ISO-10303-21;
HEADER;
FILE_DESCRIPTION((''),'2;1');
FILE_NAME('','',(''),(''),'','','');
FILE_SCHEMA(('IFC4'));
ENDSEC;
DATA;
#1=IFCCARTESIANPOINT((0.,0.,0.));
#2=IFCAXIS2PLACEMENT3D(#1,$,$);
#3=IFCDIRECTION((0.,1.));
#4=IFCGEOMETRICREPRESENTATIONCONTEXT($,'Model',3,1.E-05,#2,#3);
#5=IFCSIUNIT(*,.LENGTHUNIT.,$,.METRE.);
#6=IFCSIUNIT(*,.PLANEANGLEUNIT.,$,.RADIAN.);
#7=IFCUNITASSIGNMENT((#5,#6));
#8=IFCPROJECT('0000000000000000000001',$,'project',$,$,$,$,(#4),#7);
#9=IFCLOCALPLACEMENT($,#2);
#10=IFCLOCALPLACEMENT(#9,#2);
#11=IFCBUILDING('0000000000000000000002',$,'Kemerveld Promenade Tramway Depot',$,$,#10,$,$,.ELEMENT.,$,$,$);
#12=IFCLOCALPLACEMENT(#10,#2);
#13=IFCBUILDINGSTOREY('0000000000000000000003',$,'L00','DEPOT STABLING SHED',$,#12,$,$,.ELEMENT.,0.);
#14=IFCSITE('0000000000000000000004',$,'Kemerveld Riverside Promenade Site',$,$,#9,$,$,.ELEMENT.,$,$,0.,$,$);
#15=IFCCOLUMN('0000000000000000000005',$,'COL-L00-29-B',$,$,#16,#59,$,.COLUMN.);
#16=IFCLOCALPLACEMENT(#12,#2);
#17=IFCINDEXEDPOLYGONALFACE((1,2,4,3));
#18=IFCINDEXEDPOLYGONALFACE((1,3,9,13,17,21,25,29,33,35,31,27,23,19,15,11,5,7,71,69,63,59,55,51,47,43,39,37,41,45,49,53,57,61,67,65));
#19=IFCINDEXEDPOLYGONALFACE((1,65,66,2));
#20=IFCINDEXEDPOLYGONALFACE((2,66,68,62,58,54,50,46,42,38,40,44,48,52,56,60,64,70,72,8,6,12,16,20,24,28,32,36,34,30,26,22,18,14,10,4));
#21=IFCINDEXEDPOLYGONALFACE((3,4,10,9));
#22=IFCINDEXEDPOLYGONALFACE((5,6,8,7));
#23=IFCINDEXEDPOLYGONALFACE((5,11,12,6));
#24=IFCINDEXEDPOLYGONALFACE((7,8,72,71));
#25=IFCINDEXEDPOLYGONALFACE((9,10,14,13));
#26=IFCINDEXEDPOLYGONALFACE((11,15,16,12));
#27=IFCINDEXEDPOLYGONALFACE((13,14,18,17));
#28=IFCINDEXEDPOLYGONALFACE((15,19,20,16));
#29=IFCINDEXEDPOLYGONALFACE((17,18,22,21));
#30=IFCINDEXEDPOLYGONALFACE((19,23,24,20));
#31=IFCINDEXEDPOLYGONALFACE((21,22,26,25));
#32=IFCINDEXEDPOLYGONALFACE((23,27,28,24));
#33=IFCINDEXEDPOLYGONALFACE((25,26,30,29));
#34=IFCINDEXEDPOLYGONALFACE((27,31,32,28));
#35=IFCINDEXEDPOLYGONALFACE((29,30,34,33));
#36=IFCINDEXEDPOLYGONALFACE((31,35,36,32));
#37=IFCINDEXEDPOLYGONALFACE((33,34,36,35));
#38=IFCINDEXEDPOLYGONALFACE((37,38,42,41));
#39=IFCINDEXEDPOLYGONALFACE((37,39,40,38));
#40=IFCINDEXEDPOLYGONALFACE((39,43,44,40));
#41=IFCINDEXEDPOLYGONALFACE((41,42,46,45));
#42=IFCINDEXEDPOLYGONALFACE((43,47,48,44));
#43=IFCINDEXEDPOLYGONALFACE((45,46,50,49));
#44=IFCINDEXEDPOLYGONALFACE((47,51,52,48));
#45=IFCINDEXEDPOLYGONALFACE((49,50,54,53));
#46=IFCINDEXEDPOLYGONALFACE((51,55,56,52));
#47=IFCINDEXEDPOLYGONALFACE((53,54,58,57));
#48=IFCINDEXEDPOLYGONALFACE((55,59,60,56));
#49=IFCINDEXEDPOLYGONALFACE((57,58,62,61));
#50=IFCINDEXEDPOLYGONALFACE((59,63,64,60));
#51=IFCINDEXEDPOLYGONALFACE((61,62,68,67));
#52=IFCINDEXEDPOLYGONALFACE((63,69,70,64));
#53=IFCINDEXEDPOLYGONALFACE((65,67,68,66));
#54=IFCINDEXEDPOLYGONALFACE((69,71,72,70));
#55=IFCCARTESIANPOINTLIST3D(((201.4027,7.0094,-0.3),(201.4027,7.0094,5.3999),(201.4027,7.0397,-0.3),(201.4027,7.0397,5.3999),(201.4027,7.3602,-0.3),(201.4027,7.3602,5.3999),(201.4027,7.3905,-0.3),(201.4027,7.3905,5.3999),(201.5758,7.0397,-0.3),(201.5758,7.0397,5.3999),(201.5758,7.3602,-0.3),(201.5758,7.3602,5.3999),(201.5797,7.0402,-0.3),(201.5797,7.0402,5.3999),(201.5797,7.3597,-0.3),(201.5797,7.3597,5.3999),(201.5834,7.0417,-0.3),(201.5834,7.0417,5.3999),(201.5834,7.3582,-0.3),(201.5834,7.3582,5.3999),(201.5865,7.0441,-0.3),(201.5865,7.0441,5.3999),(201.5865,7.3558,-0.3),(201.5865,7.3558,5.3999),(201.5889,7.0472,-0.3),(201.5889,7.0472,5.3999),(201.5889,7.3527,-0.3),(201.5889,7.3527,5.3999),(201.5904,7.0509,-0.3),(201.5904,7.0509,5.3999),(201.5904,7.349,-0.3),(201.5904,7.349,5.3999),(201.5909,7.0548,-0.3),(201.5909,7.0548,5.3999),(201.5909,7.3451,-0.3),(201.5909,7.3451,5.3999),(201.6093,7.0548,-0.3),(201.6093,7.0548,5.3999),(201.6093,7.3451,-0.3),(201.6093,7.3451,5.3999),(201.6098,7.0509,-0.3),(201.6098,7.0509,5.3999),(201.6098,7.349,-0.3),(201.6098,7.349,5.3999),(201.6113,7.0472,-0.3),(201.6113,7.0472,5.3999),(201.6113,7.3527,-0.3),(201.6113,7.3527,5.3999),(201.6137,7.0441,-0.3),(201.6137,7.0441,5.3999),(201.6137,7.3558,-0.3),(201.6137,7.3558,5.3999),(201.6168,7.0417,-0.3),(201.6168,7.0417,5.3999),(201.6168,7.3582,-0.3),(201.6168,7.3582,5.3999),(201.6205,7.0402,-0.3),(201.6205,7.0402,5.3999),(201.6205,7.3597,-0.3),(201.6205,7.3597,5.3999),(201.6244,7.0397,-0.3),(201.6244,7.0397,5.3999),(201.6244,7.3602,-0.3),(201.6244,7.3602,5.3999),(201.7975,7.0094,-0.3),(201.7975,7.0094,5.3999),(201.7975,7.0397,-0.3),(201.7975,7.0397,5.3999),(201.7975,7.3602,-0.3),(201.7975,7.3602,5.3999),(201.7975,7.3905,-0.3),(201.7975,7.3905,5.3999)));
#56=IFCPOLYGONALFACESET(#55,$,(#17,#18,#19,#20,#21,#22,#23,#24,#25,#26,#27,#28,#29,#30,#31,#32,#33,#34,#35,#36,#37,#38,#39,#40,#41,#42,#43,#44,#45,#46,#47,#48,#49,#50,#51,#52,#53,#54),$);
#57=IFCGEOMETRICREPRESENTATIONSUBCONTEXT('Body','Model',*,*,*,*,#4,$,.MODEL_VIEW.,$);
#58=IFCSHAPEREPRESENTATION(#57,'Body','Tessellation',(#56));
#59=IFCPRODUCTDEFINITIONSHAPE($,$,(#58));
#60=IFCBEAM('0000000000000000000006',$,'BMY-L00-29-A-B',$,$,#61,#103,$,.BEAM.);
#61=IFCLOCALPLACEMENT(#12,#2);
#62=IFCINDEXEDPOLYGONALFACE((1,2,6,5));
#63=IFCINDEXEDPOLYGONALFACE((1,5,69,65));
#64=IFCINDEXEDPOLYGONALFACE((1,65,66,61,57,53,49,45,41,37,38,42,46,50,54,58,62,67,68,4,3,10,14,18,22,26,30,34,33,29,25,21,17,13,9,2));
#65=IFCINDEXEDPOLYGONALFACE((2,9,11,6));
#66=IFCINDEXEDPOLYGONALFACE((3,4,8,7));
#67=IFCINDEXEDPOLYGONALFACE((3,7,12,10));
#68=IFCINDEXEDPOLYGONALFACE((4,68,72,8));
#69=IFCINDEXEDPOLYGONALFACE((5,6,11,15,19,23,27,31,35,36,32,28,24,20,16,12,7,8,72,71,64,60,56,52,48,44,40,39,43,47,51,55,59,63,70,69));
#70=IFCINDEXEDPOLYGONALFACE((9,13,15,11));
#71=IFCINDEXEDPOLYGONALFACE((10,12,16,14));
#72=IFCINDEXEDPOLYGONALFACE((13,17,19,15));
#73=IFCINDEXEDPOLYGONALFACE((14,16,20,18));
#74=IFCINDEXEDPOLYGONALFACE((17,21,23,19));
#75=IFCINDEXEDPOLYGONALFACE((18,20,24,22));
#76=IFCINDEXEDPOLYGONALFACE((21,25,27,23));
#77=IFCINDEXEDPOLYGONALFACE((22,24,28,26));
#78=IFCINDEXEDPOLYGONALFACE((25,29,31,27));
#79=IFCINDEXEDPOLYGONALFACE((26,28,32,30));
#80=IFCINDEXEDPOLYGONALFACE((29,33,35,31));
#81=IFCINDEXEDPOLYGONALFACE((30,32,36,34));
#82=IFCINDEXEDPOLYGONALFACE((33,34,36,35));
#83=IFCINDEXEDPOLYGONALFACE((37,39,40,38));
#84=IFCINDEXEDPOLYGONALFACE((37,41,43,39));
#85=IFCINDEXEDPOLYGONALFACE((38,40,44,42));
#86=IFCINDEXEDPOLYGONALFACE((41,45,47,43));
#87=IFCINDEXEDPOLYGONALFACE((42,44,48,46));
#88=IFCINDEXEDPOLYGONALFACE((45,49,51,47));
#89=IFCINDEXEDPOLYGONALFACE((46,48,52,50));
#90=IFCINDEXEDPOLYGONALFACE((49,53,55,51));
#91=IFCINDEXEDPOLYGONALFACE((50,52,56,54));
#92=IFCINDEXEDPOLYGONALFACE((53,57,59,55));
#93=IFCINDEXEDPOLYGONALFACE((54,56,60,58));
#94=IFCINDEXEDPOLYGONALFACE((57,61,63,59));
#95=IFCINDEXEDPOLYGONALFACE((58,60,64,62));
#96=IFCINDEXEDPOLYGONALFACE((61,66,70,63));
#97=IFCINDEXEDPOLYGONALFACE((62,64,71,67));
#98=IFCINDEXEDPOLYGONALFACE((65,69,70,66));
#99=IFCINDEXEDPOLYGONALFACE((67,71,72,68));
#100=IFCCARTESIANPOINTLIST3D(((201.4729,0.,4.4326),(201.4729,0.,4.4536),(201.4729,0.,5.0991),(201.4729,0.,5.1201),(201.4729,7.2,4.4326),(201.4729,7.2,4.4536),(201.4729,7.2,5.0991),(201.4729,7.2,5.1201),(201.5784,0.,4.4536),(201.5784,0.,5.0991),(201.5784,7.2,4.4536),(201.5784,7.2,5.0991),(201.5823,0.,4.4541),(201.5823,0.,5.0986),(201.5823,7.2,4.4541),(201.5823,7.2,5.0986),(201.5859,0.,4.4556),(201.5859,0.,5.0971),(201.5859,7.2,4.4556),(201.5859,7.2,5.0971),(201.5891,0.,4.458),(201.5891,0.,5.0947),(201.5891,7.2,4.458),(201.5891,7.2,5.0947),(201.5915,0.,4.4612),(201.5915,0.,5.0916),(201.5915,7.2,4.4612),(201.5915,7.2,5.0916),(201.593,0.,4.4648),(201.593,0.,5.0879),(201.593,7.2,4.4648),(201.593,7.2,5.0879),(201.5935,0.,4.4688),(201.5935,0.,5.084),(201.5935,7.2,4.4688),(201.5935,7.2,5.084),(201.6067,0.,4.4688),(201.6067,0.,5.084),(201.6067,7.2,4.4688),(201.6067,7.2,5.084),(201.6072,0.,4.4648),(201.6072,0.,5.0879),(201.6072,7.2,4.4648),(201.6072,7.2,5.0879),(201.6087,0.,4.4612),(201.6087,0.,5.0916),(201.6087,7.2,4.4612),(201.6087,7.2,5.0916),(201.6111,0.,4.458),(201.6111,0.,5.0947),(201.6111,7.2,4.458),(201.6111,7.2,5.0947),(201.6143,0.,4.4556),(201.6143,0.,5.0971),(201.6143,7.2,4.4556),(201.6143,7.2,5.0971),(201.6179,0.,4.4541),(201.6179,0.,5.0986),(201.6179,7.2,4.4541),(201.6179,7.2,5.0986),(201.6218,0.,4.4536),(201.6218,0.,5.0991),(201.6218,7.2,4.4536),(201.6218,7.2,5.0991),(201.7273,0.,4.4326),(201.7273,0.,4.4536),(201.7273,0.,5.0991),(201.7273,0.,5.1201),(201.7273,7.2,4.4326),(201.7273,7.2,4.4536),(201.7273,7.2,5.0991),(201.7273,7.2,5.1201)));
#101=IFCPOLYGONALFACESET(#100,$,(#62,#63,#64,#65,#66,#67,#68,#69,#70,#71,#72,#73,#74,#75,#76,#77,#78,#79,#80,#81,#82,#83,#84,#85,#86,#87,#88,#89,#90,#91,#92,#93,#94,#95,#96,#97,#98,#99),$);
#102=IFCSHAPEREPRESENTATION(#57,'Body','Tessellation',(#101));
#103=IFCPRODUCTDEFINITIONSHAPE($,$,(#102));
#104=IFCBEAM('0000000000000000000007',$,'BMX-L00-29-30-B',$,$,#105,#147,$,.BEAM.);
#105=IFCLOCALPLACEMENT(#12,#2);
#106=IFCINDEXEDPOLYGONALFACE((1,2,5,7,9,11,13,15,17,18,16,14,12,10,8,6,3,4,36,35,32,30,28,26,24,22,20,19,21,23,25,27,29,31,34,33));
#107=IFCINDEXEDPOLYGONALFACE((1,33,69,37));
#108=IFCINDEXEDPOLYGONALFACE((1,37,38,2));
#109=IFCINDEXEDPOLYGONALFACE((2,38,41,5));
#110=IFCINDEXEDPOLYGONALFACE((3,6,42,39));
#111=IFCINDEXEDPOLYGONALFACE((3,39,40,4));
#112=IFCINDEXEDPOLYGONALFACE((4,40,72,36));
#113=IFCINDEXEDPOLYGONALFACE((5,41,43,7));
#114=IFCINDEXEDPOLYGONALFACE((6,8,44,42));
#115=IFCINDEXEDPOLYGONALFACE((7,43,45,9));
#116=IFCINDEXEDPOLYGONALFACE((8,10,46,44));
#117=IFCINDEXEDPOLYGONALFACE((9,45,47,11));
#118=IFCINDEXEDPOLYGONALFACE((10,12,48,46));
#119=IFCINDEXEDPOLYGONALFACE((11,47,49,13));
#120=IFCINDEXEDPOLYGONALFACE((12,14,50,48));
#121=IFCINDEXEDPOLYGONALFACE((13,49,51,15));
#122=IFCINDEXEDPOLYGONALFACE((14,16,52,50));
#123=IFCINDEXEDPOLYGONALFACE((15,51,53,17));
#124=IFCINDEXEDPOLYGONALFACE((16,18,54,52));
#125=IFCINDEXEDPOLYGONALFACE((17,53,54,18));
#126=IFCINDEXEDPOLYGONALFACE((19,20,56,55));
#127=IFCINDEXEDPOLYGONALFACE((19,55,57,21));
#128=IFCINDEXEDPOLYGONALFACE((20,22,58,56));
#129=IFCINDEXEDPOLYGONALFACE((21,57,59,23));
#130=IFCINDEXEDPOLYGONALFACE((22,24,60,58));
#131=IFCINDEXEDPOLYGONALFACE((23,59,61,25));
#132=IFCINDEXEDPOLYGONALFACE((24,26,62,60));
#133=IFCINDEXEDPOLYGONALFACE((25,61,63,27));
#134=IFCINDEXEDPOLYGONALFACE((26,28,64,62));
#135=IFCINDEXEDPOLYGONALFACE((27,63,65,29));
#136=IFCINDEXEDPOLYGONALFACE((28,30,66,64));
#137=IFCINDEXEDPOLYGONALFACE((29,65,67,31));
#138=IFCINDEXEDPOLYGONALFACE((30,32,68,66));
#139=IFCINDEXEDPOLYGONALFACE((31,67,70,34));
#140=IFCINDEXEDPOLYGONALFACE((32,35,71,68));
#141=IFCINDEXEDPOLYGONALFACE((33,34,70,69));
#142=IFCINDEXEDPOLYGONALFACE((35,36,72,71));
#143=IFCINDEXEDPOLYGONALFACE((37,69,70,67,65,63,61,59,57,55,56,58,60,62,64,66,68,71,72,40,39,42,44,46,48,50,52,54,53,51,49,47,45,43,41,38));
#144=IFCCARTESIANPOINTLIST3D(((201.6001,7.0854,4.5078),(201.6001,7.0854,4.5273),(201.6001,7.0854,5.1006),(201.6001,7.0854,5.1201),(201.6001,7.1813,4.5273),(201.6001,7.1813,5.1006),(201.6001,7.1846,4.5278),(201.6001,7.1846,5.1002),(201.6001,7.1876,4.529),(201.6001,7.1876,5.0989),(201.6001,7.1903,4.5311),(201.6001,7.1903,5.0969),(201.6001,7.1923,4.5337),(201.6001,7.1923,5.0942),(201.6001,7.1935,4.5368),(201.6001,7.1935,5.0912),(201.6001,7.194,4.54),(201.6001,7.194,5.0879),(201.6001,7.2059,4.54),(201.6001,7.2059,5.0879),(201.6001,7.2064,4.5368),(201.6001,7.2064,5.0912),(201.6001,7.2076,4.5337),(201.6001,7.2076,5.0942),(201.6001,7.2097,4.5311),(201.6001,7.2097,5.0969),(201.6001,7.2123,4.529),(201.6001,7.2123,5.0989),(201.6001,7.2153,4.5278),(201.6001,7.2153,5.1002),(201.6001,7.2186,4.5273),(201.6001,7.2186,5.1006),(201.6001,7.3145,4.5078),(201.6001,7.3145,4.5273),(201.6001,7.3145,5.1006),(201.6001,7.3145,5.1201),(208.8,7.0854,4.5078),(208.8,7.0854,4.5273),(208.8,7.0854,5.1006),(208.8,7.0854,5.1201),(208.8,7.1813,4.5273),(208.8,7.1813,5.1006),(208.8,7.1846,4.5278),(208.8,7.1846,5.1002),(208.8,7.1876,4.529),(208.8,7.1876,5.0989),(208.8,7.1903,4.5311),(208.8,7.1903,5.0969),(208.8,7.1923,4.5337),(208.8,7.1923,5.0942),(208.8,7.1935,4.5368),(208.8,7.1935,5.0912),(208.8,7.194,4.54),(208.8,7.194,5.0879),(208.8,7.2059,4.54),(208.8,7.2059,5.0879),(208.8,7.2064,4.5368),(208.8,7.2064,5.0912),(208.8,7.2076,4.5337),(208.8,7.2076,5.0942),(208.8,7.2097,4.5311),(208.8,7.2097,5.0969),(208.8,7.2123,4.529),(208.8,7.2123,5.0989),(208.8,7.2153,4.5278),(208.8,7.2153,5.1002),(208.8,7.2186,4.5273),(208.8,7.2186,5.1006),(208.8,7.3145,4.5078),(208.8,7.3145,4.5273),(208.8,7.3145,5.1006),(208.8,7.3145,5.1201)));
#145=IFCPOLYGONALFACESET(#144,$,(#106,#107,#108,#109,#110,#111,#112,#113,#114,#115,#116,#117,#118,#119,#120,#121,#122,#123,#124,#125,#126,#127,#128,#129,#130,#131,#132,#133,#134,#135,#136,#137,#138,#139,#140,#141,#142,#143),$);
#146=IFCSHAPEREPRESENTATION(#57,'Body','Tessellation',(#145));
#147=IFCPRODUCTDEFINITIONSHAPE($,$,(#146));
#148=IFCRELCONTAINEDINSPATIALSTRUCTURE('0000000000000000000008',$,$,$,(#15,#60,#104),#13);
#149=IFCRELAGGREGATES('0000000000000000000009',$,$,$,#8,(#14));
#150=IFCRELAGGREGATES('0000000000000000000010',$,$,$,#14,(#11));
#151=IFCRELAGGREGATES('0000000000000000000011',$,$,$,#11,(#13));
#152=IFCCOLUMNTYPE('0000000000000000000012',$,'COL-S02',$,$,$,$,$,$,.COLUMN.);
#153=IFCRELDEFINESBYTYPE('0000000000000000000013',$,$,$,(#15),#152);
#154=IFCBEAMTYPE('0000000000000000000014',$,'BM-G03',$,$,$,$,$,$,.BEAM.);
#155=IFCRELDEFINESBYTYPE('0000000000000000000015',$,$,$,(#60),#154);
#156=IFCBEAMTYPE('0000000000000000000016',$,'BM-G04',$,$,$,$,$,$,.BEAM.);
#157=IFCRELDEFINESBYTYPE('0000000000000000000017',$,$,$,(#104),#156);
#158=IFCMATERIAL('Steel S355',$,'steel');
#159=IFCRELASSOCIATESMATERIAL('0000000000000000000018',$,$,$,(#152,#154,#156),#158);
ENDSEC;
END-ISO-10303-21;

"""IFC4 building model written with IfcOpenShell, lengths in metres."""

from ifc_helpers import new_model, si_unit, direction, frame, origin, origin_2d, place, context, subcontext, project, spatial, i_section, extrude, material, material_profile, profile_set, type_object, element, save


model = new_model("IFC4")

# Units and contexts
model_context = context("Model", 3, precision=1e-05, world=origin(), true_north=direction((0.0, 1.0)))
body_context = subcontext(model_context, "Body", "Model", "MODEL_VIEW")
ifc_project = project(units=[si_unit("LENGTHUNIT", "METRE"), si_unit("PLANEANGLEUNIT", "RADIAN")], contexts=[model_context])

# Site, building, storey
site_placement = place(None, origin())
site = spatial("IfcSite", under=ifc_project, at=site_placement, Name="Kemerveld Riverside Promenade Site", CompositionType="ELEMENT", RefElevation=0.0)
building_placement = place(site_placement, origin())
building = spatial("IfcBuilding", under=site, at=building_placement, Name="Kemerveld Promenade Tramway Depot", CompositionType="ELEMENT")
storey_placement = place(building_placement, origin())
storey = spatial("IfcBuildingStorey", under=building, at=storey_placement, Name="L00", Description="DEPOT STABLING SHED", CompositionType="ELEMENT", Elevation=0.0)

# Column
ifc_material_1 = material(Name="Steel S355", Category="steel")
ifc_material_profile_1 = material_profile(ifc_material_1, i_section(OverallWidth=0.3948, OverallDepth=0.3811, WebThickness=0.0183, FlangeThickness=0.0303, FilletRadius=0.0151, at=origin_2d()), Name="356x406x235 UC")
ifc_profile_set_1 = profile_set([ifc_material_profile_1], Name="Steel S355")
column_type = type_object("IfcColumnType", Name="COL-S02", PredefinedType="COLUMN", material=ifc_profile_set_1)
for number, where, z_axis, x_axis, name in (
    (1, (201.6001, 7.2, -0.3), (0.0, 0.0, 1.0), (1.0, 0.0, 0.0), "COL-L00-29-B"),
):
    element("IfcColumn", number, at=place(storey_placement, frame(where, z_axis=z_axis, x_axis=x_axis)), inside=storey, type_object=column_type, Name=name, PredefinedType="COLUMN", context=body_context, shape_type="SweptSolid", body=[
        extrude(i_section(OverallWidth=0.3948, OverallDepth=0.3811, WebThickness=0.0183, FlangeThickness=0.0303, FilletRadius=0.0151, at=origin_2d()), origin(), (0.0, 0.0, 1.0), 5.7),
    ])

# Beams
ifc_material_profile_2 = material_profile(ifc_material_1, i_section(OverallWidth=0.2544, OverallDepth=0.6875, WebThickness=0.0132, FlangeThickness=0.021, FilletRadius=0.0151, at=origin_2d()), Name="686x254x152 UB")
ifc_profile_set_2 = profile_set([ifc_material_profile_2], Name="Steel S355")
beam_type_1 = type_object("IfcBeamType", Name="BM-G03", PredefinedType="BEAM", material=ifc_profile_set_2)
beam_1_placement = place(storey_placement, frame((201.6001, 0.0, 4.7764), z_axis=(0.0, 1.0, 0.0), x_axis=(-1.0, 0.0, 0.0)))
element("IfcBeam", 2, at=beam_1_placement, inside=storey, type_object=beam_type_1, Name="BMY-L00-29-A-B", PredefinedType="BEAM", context=body_context, shape_type="SweptSolid", body=[
    extrude(i_section(OverallWidth=0.2544, OverallDepth=0.6875, WebThickness=0.0132, FlangeThickness=0.021, FilletRadius=0.0151, at=origin_2d()), origin(), (0.0, 0.0, 1.0), 7.2),
])
ifc_material_profile_3 = material_profile(ifc_material_1, i_section(OverallWidth=0.229, OverallDepth=0.6123, WebThickness=0.012, FlangeThickness=0.0195, FilletRadius=0.0127, at=origin_2d()), Name="610x229x125 UB")
ifc_profile_set_3 = profile_set([ifc_material_profile_3], Name="Steel S355")
beam_type_2 = type_object("IfcBeamType", Name="BM-G04", PredefinedType="BEAM", material=ifc_profile_set_3)
beam_2_placement = place(storey_placement, frame((201.6001, 7.2, 4.814), z_axis=(1.0, 0.0, 0.0), x_axis=(0.0, 1.0, 0.0)))
element("IfcBeam", 3, at=beam_2_placement, inside=storey, type_object=beam_type_2, Name="BMX-L00-29-30-B", PredefinedType="BEAM", context=body_context, shape_type="SweptSolid", body=[
    extrude(i_section(OverallWidth=0.229, OverallDepth=0.6123, WebThickness=0.012, FlangeThickness=0.0195, FilletRadius=0.0127, at=origin_2d()), origin(), (0.0, 0.0, 1.0), 7.2),
])

save(model, "model.ifc")
